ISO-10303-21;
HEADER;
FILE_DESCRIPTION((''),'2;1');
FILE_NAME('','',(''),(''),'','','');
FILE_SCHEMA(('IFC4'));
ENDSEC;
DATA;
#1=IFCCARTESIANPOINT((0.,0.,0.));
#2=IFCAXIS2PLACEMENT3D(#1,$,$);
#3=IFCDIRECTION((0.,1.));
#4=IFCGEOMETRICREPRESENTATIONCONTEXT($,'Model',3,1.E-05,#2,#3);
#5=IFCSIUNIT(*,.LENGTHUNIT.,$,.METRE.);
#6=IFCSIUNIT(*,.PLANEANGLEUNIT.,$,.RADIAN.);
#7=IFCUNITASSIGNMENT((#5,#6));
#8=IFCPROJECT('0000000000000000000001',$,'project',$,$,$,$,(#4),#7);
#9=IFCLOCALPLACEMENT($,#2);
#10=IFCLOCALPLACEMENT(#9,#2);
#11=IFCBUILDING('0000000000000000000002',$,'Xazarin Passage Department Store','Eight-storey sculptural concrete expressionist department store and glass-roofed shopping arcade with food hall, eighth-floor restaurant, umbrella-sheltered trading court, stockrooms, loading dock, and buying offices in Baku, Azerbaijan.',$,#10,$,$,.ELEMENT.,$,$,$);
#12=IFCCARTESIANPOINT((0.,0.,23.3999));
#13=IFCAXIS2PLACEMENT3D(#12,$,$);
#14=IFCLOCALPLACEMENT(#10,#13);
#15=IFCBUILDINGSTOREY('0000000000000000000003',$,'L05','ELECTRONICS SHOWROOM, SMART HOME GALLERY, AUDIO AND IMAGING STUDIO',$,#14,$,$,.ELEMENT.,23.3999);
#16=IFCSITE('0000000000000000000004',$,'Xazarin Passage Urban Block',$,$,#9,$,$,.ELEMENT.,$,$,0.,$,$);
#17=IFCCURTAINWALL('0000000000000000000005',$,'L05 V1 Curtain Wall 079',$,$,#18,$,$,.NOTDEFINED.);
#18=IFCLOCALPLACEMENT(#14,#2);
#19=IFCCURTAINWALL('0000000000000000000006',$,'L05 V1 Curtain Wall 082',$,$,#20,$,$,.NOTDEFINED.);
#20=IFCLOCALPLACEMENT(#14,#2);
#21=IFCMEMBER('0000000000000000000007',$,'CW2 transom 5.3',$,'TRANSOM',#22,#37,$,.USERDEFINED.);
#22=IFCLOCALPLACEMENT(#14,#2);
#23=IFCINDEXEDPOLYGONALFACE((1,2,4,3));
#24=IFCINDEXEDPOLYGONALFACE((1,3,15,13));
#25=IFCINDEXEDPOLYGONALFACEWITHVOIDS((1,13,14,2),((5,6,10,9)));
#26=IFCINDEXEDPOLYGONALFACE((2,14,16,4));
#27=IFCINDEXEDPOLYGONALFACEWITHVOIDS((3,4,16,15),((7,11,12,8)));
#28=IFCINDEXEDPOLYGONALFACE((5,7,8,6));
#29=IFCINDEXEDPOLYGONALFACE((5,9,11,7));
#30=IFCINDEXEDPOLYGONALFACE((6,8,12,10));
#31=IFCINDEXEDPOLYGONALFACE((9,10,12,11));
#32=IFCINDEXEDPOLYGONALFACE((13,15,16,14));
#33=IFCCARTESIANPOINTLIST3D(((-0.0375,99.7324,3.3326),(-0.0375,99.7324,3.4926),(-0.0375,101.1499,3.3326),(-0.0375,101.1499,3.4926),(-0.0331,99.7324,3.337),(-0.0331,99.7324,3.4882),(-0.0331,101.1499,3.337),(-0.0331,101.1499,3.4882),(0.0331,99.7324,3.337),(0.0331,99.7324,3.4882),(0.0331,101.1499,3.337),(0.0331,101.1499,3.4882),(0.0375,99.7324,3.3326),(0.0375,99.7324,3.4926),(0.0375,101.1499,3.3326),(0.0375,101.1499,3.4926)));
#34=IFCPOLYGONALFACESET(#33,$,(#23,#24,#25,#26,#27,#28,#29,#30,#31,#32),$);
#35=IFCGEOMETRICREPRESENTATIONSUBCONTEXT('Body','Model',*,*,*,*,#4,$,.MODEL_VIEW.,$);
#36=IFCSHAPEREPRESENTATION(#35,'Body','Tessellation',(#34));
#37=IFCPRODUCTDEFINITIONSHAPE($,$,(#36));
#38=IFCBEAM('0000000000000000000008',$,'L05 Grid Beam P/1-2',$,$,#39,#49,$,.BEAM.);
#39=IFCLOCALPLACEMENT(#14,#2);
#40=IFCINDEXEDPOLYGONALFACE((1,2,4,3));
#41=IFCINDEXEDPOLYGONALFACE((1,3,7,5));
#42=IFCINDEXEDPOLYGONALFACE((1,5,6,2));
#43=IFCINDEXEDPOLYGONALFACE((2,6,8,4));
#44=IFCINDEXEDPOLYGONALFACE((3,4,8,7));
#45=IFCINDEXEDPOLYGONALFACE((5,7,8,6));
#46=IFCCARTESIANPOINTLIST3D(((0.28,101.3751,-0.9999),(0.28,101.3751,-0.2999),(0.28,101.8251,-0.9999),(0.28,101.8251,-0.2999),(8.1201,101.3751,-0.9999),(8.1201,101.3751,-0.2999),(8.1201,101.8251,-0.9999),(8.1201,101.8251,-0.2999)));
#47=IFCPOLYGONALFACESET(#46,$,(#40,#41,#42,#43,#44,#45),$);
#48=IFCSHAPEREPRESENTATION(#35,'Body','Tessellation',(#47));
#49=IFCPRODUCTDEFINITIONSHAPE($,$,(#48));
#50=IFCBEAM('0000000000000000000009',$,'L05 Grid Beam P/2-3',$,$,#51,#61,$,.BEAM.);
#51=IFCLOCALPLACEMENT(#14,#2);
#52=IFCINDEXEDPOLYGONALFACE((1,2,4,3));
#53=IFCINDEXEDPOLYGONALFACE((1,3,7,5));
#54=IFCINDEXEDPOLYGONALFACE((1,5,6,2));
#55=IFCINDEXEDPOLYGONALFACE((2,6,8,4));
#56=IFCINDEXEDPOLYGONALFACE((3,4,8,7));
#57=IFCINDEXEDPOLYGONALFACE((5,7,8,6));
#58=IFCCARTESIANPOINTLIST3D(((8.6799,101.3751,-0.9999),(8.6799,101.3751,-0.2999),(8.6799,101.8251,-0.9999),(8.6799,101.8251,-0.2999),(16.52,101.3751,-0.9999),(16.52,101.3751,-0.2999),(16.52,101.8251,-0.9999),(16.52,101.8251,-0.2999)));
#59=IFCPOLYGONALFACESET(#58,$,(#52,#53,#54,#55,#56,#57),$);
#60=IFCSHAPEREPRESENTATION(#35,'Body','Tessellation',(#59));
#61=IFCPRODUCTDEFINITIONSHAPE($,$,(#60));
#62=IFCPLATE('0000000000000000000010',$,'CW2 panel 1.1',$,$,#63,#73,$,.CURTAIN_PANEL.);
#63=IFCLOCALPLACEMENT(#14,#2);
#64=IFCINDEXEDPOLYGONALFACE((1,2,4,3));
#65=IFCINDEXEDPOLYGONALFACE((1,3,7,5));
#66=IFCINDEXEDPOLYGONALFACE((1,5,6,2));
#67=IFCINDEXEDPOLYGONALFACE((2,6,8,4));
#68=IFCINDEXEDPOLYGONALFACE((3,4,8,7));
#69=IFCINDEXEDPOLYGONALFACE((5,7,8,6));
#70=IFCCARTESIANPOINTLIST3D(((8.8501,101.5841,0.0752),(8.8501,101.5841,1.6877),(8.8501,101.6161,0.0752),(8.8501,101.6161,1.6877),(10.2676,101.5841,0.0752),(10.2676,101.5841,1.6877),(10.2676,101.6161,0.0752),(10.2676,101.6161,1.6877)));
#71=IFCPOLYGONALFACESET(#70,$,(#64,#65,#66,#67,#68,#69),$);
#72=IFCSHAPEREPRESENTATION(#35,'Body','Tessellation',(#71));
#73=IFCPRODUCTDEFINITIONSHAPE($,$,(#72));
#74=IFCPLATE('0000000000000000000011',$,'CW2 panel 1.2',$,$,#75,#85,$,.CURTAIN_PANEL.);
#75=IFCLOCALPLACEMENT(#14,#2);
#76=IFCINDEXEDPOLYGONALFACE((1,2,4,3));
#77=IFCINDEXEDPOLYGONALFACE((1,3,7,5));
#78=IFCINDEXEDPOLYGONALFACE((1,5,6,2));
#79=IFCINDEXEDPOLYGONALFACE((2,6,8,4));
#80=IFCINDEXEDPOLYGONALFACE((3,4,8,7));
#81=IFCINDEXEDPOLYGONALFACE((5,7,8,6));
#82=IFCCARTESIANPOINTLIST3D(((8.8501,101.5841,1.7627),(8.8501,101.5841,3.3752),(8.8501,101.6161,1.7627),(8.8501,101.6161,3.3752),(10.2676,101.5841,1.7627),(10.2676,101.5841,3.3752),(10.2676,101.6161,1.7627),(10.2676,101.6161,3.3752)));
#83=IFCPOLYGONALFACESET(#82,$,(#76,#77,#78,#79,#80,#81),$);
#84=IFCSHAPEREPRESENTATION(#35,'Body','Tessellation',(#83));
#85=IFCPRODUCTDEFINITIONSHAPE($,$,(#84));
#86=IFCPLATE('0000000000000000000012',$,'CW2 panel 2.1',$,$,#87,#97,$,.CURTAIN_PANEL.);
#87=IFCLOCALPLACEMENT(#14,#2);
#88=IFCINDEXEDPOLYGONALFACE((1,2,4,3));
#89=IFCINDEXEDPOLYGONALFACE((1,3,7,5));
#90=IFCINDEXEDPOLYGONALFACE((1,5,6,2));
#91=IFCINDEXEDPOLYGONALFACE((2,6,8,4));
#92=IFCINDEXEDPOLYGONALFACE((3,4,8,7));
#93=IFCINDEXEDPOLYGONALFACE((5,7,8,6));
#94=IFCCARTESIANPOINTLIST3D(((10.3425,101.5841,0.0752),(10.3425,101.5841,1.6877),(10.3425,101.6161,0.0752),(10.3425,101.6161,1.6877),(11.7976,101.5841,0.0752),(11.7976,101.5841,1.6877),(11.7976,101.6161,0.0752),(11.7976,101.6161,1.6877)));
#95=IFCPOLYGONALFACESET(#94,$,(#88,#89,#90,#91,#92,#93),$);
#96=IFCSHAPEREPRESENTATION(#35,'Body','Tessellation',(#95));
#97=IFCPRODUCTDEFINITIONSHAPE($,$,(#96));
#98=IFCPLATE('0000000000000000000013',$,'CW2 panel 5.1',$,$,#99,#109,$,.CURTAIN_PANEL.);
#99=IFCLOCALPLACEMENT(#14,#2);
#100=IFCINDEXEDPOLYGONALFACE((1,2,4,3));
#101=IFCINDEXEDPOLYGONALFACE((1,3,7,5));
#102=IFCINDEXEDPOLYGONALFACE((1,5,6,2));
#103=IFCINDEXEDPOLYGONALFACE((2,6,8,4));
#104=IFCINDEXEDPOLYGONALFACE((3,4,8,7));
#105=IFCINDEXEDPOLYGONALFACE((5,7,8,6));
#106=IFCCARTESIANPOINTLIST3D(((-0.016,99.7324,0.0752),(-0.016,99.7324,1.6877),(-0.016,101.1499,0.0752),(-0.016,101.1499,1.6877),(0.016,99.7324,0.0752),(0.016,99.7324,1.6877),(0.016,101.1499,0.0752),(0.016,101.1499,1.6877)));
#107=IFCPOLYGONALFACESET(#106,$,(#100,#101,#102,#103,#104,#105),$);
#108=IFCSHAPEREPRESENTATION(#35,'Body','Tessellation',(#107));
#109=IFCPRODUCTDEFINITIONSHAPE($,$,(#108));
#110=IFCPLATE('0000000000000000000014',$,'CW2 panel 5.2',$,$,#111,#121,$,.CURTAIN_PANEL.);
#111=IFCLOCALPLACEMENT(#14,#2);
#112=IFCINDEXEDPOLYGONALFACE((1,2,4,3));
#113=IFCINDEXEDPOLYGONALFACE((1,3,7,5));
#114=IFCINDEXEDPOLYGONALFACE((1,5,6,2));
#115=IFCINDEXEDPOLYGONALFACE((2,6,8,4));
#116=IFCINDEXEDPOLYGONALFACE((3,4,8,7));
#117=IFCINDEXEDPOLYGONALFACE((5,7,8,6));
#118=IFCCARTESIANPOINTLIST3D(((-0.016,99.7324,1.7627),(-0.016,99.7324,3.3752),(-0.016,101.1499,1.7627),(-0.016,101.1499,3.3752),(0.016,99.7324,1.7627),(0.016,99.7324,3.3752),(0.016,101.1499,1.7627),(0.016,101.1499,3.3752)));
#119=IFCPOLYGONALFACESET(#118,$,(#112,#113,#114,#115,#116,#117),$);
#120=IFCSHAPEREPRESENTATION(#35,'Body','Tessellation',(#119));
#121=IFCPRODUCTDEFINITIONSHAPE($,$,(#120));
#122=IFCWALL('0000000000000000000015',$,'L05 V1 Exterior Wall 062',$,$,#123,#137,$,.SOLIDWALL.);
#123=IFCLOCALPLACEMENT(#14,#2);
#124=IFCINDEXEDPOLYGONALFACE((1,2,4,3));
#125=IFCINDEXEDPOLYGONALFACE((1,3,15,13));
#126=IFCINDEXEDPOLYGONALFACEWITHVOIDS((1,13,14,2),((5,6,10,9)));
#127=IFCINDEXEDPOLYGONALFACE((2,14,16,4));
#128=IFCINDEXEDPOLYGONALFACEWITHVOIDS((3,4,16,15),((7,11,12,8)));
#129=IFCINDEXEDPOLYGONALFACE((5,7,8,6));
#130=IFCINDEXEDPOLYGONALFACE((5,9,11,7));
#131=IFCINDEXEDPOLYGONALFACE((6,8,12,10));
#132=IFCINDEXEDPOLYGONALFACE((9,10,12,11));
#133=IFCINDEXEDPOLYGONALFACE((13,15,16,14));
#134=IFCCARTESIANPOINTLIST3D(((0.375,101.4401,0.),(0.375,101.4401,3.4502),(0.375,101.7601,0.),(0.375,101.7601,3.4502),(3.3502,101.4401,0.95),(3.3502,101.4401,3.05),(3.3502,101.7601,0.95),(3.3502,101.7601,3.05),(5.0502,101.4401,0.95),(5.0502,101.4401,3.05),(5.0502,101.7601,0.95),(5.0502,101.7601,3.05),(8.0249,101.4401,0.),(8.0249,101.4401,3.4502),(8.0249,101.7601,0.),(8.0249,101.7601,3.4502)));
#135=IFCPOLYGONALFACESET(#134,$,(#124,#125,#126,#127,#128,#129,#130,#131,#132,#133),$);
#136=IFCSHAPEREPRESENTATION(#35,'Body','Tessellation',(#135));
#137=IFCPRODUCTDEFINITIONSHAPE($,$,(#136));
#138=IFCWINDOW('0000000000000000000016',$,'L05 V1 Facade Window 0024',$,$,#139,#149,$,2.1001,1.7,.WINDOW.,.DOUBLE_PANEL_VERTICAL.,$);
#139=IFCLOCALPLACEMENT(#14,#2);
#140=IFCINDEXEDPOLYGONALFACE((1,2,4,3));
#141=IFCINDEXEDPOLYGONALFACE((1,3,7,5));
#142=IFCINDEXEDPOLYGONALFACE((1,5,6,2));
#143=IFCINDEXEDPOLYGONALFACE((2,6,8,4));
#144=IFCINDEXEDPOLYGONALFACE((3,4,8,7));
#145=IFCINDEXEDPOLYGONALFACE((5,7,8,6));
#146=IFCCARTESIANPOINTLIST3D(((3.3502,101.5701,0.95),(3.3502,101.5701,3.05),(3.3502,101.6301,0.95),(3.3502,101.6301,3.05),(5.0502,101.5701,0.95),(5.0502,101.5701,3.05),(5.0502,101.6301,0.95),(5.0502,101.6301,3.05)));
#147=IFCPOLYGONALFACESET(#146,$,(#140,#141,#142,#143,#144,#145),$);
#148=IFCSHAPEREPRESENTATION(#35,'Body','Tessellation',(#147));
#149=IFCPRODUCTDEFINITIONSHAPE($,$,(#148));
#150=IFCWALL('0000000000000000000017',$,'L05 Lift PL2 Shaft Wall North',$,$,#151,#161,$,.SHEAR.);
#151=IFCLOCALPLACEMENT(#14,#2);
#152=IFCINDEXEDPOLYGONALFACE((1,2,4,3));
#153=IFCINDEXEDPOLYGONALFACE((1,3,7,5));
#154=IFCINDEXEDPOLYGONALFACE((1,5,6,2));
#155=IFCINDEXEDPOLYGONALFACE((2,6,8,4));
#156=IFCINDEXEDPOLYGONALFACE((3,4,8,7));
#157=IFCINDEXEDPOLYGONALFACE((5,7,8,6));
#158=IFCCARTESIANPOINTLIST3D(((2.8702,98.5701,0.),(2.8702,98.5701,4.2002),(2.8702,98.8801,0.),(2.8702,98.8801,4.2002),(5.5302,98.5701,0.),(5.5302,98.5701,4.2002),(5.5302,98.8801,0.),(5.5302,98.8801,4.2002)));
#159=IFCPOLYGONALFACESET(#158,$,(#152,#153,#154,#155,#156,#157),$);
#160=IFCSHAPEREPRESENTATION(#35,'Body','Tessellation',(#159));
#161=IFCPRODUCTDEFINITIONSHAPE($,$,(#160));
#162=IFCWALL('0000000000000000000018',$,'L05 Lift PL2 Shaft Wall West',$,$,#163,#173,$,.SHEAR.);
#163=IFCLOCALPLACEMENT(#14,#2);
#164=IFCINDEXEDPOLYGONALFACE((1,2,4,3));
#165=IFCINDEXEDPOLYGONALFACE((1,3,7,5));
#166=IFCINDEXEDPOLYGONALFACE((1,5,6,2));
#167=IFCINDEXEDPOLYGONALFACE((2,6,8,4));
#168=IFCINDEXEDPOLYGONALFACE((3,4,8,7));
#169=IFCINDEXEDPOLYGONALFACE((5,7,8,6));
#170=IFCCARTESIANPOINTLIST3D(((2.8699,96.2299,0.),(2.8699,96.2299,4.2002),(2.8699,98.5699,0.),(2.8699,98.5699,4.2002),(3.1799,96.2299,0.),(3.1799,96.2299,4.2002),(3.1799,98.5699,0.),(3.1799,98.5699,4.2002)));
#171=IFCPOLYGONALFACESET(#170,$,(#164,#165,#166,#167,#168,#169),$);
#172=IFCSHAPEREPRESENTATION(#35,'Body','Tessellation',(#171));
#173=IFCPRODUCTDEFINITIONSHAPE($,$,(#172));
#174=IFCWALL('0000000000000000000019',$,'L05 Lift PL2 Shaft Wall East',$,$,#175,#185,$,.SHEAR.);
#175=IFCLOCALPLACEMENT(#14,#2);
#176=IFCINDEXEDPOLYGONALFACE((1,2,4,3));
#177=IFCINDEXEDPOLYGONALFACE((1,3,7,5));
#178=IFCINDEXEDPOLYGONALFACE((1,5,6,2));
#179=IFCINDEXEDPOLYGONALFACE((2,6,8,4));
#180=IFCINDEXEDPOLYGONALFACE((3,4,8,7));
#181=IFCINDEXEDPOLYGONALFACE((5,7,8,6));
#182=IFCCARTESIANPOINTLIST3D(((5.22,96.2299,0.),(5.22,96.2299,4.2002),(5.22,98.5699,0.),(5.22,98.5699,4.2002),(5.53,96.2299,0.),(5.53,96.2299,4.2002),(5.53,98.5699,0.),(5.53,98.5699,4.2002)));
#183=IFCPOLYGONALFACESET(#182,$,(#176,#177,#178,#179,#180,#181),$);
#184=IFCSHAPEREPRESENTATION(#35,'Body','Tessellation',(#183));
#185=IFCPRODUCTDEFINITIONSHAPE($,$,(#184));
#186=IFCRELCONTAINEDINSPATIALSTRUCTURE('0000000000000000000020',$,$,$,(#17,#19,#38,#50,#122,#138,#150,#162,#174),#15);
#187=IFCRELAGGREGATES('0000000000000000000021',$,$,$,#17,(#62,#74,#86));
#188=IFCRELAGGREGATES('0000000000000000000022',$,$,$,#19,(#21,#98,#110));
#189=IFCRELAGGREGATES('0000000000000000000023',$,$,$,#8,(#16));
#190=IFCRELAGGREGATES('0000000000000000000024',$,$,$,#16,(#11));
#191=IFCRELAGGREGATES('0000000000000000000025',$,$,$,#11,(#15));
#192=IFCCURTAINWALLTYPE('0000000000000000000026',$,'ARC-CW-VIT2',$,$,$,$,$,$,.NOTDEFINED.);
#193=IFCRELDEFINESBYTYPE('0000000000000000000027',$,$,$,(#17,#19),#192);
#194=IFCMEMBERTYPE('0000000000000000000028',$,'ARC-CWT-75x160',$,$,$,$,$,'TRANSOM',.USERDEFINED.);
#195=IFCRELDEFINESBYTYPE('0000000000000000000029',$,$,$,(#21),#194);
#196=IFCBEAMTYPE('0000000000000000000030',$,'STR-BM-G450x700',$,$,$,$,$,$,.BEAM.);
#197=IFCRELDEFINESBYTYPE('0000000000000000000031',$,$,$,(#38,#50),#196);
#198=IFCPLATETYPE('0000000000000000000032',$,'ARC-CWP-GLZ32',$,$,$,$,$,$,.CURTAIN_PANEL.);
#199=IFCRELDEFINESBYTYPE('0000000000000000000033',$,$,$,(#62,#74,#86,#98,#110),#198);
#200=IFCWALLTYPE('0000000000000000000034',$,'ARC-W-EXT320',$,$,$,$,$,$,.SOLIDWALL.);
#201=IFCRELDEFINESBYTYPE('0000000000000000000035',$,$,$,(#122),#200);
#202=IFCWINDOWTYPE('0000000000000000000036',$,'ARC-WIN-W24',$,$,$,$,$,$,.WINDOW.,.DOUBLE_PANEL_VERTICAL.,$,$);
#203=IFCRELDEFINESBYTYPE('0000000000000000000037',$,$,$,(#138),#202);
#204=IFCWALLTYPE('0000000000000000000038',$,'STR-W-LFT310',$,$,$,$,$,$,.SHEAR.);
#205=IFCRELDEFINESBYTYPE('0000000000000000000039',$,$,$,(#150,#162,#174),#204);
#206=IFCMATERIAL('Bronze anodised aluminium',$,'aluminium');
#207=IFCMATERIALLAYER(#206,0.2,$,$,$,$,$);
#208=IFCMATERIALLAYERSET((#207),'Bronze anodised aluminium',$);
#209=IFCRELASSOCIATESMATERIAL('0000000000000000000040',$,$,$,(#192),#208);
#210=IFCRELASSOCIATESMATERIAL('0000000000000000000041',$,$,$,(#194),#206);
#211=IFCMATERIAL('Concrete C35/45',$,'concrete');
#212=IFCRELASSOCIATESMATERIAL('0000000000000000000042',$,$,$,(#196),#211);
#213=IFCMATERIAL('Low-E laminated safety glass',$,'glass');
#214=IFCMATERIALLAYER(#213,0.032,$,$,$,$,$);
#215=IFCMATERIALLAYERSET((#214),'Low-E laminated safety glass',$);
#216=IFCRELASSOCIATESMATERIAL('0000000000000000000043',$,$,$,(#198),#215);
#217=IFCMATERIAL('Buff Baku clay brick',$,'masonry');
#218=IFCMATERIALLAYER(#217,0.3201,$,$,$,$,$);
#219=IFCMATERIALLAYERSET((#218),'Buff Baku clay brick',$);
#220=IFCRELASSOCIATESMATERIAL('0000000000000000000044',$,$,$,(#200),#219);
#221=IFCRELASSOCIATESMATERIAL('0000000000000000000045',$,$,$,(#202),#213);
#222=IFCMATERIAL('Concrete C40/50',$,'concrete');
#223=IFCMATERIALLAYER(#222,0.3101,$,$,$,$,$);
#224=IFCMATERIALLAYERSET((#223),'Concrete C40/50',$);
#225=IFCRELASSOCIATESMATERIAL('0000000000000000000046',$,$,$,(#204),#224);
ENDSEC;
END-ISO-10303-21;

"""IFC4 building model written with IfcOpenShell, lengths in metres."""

from ifc_helpers import new_model, si_unit, direction, frame, frame_2d, origin, origin_2d, place, context, subcontext, project, spatial, rectangle, hollow_rectangle, extrude, material, layer, layer_set, material_profile, profile_set, type_object, element, fill, aggregate, save


model = new_model("IFC4")

# Units and contexts
model_context = context("Model", 3, precision=1e-05, world=origin(), true_north=direction((0.0, 1.0)))
body_context = subcontext(model_context, "Body", "Model", "MODEL_VIEW")
ifc_project = project(units=[si_unit("LENGTHUNIT", "METRE"), si_unit("PLANEANGLEUNIT", "RADIAN")], contexts=[model_context])

# Site, building, storey
site_placement = place(None, origin())
site = spatial("IfcSite", under=ifc_project, at=site_placement, Name="Xazarin Passage Urban Block", CompositionType="ELEMENT", RefElevation=0.0)
building_placement = place(site_placement, origin())
building = spatial("IfcBuilding", under=site, at=building_placement, Name="Xazarin Passage Department Store", Description="Eight-storey sculptural concrete expressionist department store and glass-roofed shopping arcade with food hall, eighth-floor restaurant, umbrella-sheltered trading court, stockrooms, loading dock, and buying offices in Baku, Azerbaijan.", CompositionType="ELEMENT")
storey_placement = place(building_placement, frame((0.0, 0.0, 23.3999)))
storey = spatial("IfcBuildingStorey", under=building, at=storey_placement, Name="L05", Description="ELECTRONICS SHOWROOM, SMART HOME GALLERY, AUDIO AND IMAGING STUDIO", CompositionType="ELEMENT", Elevation=23.3999)

# Shared definitions
ifc_material_1 = material(Name="Concrete C40/50", Category="concrete")

# Curtain wall
ifc_material_2 = material(Name="Bronze anodised aluminium", Category="aluminium")
ifc_layer_1 = layer(ifc_material_2, 0.2)
ifc_layer_set_1 = layer_set([ifc_layer_1], Name="Bronze anodised aluminium")
curtain_wall_type = type_object("IfcCurtainWallType", Name="ARC-CW-VIT2", PredefinedType="NOTDEFINED", material=ifc_layer_set_1)
curtain_wall_1_placement = place(storey_placement, origin())
curtain_wall_1 = element("IfcCurtainWall", 1, at=curtain_wall_1_placement, inside=storey, type_object=curtain_wall_type, Name="L05 V1 Curtain Wall 079", PredefinedType="NOTDEFINED")

# Curtain wall
curtain_wall_2_placement = place(storey_placement, origin())
curtain_wall_2 = element("IfcCurtainWall", 2, at=curtain_wall_2_placement, inside=storey, type_object=curtain_wall_type, Name="L05 V1 Curtain Wall 082", PredefinedType="NOTDEFINED")

# Member
ifc_material_profile_1 = material_profile(ifc_material_2, hollow_rectangle(XDim=0.075, YDim=0.1599, WallThickness=0.0044, at=origin_2d()), Name="ALU 75x160")
ifc_profile_set_1 = profile_set([ifc_material_profile_1], Name="Bronze anodised aluminium")
member_type_1 = type_object("IfcMemberType", Name="ARC-CWT-75x160", ElementType="TRANSOM", PredefinedType="USERDEFINED", material=ifc_profile_set_1)
member_1_placement = place(storey_placement, frame((0.0, 99.7324, 3.4126), z_axis=(0.0, 1.0, 0.0), x_axis=(-1.0, 0.0, 0.0)))
member_1 = element("IfcMember", 3, at=member_1_placement, type_object=member_type_1, Name="CW2 transom 5.3", ObjectType="TRANSOM", PredefinedType="USERDEFINED", context=body_context, shape_type="SweptSolid", body=[
    extrude(hollow_rectangle(XDim=0.075, YDim=0.1599, WallThickness=0.0044, at=origin_2d()), origin(), (0.0, 0.0, 1.0), 1.4175),
])

# Beams
ifc_material_3 = material(Name="Concrete C35/45", Category="concrete")
ifc_material_profile_2 = material_profile(ifc_material_3, rectangle(XDim=0.45, YDim=0.7, at=origin_2d()), Name="RC 450x700")
ifc_profile_set_2 = profile_set([ifc_material_profile_2], Name="Concrete C35/45")
beam_type = type_object("IfcBeamType", Name="STR-BM-G450x700", PredefinedType="BEAM", material=ifc_profile_set_2)
for number, where, z_axis, x_axis, name in (
    (4, (0.28, 101.6001, -0.6499), (1.0, 0.0, 0.0), (0.0, 1.0, 0.0), "L05 Grid Beam P/1-2"),
    (5, (8.6799, 101.6001, -0.6499), (1.0, 0.0, 0.0), (0.0, 1.0, 0.0), "L05 Grid Beam P/2-3"),
):
    element("IfcBeam", number, at=place(storey_placement, frame(where, z_axis=z_axis, x_axis=x_axis)), inside=storey, type_object=beam_type, Name=name, PredefinedType="BEAM", context=body_context, shape_type="SweptSolid", body=[
        extrude(rectangle(XDim=0.45, YDim=0.7, at=origin_2d()), origin(), (0.0, 0.0, 1.0), 7.8401),
    ])

# Plates
ifc_material_4 = material(Name="Low-E laminated safety glass", Category="glass")
ifc_layer_2 = layer(ifc_material_4, 0.032)
ifc_layer_set_2 = layer_set([ifc_layer_2], Name="Low-E laminated safety glass")
plate_type = type_object("IfcPlateType", Name="ARC-CWP-GLZ32", PredefinedType="CURTAIN_PANEL", material=ifc_layer_set_2)
plate_1_placement = place(storey_placement, frame((9.5588, 101.6001, 0.0752), z_axis=(0.0, 0.0, 1.0), x_axis=(1.0, 0.0, 0.0)))
plate_1 = element("IfcPlate", 6, at=plate_1_placement, type_object=plate_type, Name="CW2 panel 1.1", PredefinedType="CURTAIN_PANEL", context=body_context, shape_type="SweptSolid", body=[
    extrude(rectangle(XDim=1.4175, YDim=0.032, at=origin_2d()), origin(), (0.0, 0.0, 1.0), 1.6125),
])
plate_2_placement = place(storey_placement, frame((9.5588, 101.6001, 1.7627), z_axis=(0.0, 0.0, 1.0), x_axis=(1.0, 0.0, 0.0)))
plate_2 = element("IfcPlate", 7, at=plate_2_placement, type_object=plate_type, Name="CW2 panel 1.2", PredefinedType="CURTAIN_PANEL", context=body_context, shape_type="SweptSolid", body=[
    extrude(rectangle(XDim=1.4175, YDim=0.032, at=origin_2d()), origin(), (0.0, 0.0, 1.0), 1.6125),
])
plate_3_placement = place(storey_placement, frame((11.0701, 101.6001, 0.0752), z_axis=(0.0, 0.0, 1.0), x_axis=(1.0, 0.0, 0.0)))
plate_3 = element("IfcPlate", 8, at=plate_3_placement, type_object=plate_type, Name="CW2 panel 2.1", PredefinedType="CURTAIN_PANEL", context=body_context, shape_type="SweptSolid", body=[
    extrude(rectangle(XDim=1.4551, YDim=0.032, at=origin_2d()), origin(), (0.0, 0.0, 1.0), 1.6125),
])
aggregate(curtain_wall_1, [plate_1, plate_2, plate_3])
plate_4_placement = place(storey_placement, frame((0.0, 100.4412, 0.0752), z_axis=(0.0, 0.0, 1.0), x_axis=(0.0, 1.0, 0.0)))
plate_4 = element("IfcPlate", 9, at=plate_4_placement, type_object=plate_type, Name="CW2 panel 5.1", PredefinedType="CURTAIN_PANEL", context=body_context, shape_type="SweptSolid", body=[
    extrude(rectangle(XDim=1.4175, YDim=0.032, at=origin_2d()), origin(), (0.0, 0.0, 1.0), 1.6125),
])
plate_5_placement = place(storey_placement, frame((0.0, 100.4412, 1.7627), z_axis=(0.0, 0.0, 1.0), x_axis=(0.0, 1.0, 0.0)))
plate_5 = element("IfcPlate", 10, at=plate_5_placement, type_object=plate_type, Name="CW2 panel 5.2", PredefinedType="CURTAIN_PANEL", context=body_context, shape_type="SweptSolid", body=[
    extrude(rectangle(XDim=1.4175, YDim=0.032, at=origin_2d()), origin(), (0.0, 0.0, 1.0), 1.6125),
])
aggregate(curtain_wall_2, [member_1, plate_4, plate_5])

# Wall, opening, window
ifc_material_5 = material(Name="Buff Baku clay brick", Category="masonry")
ifc_layer_3 = layer(ifc_material_5, 0.3201)
ifc_layer_set_3 = layer_set([ifc_layer_3], Name="Buff Baku clay brick")
wall_type_1 = type_object("IfcWallType", Name="ARC-W-EXT320", PredefinedType="SOLIDWALL", material=ifc_layer_set_3)
wall_1_placement = place(storey_placement, frame((0.375, 101.6001, 0.0), z_axis=(0.0, 0.0, 1.0), x_axis=(1.0, 0.0, 0.0)))
wall_1 = element("IfcWall", 11, at=wall_1_placement, inside=storey, type_object=wall_type_1, Name="L05 V1 Exterior Wall 062", PredefinedType="SOLIDWALL", context=body_context, shape_type="SweptSolid", body=[
    extrude(rectangle(XDim=7.6499, YDim=0.3201, at=frame_2d((3.825, 0.0))), origin(), (0.0, 0.0, 1.0), 3.4502),
])
opening_placement = place(wall_1_placement, frame((2.9751, 0.0, 0.95)))
opening = element("IfcOpeningElement", 12, at=opening_placement, cuts=wall_1, PredefinedType="OPENING", context=body_context, shape_type="SweptSolid", body=[
    extrude(rectangle(XDim=1.7, YDim=2.1001, at=frame_2d((0.8501, 1.05))), frame((0.0, 0.1699, 0.0), z_axis=(0.0, -1.0, 0.0), x_axis=(1.0, 0.0, 0.0)), (0.0, 0.0, 1.0), 0.3401),
])
window_type = type_object("IfcWindowType", Name="ARC-WIN-W24", PartitioningType="DOUBLE_PANEL_VERTICAL", PredefinedType="WINDOW", material=ifc_material_4)
window_placement = place(opening_placement, origin())
window = element("IfcWindow", 13, at=window_placement, inside=storey, type_object=window_type, Name="L05 V1 Facade Window 0024", OverallHeight=2.1001, OverallWidth=1.7, PartitioningType="DOUBLE_PANEL_VERTICAL", PredefinedType="WINDOW", context=body_context, shape_type="SweptSolid", body=[
    extrude(rectangle(XDim=1.7, YDim=2.1001, at=frame_2d((0.8501, 1.05))), frame((0.0, 0.03, 0.0), z_axis=(0.0, -1.0, 0.0), x_axis=(1.0, 0.0, 0.0)), (0.0, 0.0, 1.0), 0.0601),
])
fill(opening, window)

# Walls
ifc_layer_4 = layer(ifc_material_1, 0.3101)
ifc_layer_set_4 = layer_set([ifc_layer_4], Name="Concrete C40/50")
wall_type_2 = type_object("IfcWallType", Name="STR-W-LFT310", PredefinedType="SHEAR", material=ifc_layer_set_4)
wall_2_placement = place(storey_placement, frame((2.8701, 98.7251, 0.0), z_axis=(0.0, 0.0, 1.0), x_axis=(1.0, 0.0, 0.0)))
element("IfcWall", 14, at=wall_2_placement, inside=storey, type_object=wall_type_2, Name="L05 Lift PL2 Shaft Wall North", PredefinedType="SHEAR", context=body_context, shape_type="SweptSolid", body=[
    extrude(rectangle(XDim=2.6599, YDim=0.3101, at=frame_2d((1.3301, 0.0))), origin(), (0.0, 0.0, 1.0), 4.2002),
])
for number, where, z_axis, x_axis, name in (
    (15, (3.0249, 96.23, 0.0), (0.0, 0.0, 1.0), (0.0, 1.0, 0.0), "L05 Lift PL2 Shaft Wall West"),
    (16, (5.375, 96.23, 0.0), (0.0, 0.0, 1.0), (0.0, 1.0, 0.0), "L05 Lift PL2 Shaft Wall East"),
):
    element("IfcWall", number, at=place(storey_placement, frame(where, z_axis=z_axis, x_axis=x_axis)), inside=storey, type_object=wall_type_2, Name=name, PredefinedType="SHEAR", context=body_context, shape_type="SweptSolid", body=[
        extrude(rectangle(XDim=2.3401, YDim=0.3101, at=frame_2d((1.1699, 0.0))), origin(), (0.0, 0.0, 1.0), 4.2002),
    ])

save(model, "model.ifc")
